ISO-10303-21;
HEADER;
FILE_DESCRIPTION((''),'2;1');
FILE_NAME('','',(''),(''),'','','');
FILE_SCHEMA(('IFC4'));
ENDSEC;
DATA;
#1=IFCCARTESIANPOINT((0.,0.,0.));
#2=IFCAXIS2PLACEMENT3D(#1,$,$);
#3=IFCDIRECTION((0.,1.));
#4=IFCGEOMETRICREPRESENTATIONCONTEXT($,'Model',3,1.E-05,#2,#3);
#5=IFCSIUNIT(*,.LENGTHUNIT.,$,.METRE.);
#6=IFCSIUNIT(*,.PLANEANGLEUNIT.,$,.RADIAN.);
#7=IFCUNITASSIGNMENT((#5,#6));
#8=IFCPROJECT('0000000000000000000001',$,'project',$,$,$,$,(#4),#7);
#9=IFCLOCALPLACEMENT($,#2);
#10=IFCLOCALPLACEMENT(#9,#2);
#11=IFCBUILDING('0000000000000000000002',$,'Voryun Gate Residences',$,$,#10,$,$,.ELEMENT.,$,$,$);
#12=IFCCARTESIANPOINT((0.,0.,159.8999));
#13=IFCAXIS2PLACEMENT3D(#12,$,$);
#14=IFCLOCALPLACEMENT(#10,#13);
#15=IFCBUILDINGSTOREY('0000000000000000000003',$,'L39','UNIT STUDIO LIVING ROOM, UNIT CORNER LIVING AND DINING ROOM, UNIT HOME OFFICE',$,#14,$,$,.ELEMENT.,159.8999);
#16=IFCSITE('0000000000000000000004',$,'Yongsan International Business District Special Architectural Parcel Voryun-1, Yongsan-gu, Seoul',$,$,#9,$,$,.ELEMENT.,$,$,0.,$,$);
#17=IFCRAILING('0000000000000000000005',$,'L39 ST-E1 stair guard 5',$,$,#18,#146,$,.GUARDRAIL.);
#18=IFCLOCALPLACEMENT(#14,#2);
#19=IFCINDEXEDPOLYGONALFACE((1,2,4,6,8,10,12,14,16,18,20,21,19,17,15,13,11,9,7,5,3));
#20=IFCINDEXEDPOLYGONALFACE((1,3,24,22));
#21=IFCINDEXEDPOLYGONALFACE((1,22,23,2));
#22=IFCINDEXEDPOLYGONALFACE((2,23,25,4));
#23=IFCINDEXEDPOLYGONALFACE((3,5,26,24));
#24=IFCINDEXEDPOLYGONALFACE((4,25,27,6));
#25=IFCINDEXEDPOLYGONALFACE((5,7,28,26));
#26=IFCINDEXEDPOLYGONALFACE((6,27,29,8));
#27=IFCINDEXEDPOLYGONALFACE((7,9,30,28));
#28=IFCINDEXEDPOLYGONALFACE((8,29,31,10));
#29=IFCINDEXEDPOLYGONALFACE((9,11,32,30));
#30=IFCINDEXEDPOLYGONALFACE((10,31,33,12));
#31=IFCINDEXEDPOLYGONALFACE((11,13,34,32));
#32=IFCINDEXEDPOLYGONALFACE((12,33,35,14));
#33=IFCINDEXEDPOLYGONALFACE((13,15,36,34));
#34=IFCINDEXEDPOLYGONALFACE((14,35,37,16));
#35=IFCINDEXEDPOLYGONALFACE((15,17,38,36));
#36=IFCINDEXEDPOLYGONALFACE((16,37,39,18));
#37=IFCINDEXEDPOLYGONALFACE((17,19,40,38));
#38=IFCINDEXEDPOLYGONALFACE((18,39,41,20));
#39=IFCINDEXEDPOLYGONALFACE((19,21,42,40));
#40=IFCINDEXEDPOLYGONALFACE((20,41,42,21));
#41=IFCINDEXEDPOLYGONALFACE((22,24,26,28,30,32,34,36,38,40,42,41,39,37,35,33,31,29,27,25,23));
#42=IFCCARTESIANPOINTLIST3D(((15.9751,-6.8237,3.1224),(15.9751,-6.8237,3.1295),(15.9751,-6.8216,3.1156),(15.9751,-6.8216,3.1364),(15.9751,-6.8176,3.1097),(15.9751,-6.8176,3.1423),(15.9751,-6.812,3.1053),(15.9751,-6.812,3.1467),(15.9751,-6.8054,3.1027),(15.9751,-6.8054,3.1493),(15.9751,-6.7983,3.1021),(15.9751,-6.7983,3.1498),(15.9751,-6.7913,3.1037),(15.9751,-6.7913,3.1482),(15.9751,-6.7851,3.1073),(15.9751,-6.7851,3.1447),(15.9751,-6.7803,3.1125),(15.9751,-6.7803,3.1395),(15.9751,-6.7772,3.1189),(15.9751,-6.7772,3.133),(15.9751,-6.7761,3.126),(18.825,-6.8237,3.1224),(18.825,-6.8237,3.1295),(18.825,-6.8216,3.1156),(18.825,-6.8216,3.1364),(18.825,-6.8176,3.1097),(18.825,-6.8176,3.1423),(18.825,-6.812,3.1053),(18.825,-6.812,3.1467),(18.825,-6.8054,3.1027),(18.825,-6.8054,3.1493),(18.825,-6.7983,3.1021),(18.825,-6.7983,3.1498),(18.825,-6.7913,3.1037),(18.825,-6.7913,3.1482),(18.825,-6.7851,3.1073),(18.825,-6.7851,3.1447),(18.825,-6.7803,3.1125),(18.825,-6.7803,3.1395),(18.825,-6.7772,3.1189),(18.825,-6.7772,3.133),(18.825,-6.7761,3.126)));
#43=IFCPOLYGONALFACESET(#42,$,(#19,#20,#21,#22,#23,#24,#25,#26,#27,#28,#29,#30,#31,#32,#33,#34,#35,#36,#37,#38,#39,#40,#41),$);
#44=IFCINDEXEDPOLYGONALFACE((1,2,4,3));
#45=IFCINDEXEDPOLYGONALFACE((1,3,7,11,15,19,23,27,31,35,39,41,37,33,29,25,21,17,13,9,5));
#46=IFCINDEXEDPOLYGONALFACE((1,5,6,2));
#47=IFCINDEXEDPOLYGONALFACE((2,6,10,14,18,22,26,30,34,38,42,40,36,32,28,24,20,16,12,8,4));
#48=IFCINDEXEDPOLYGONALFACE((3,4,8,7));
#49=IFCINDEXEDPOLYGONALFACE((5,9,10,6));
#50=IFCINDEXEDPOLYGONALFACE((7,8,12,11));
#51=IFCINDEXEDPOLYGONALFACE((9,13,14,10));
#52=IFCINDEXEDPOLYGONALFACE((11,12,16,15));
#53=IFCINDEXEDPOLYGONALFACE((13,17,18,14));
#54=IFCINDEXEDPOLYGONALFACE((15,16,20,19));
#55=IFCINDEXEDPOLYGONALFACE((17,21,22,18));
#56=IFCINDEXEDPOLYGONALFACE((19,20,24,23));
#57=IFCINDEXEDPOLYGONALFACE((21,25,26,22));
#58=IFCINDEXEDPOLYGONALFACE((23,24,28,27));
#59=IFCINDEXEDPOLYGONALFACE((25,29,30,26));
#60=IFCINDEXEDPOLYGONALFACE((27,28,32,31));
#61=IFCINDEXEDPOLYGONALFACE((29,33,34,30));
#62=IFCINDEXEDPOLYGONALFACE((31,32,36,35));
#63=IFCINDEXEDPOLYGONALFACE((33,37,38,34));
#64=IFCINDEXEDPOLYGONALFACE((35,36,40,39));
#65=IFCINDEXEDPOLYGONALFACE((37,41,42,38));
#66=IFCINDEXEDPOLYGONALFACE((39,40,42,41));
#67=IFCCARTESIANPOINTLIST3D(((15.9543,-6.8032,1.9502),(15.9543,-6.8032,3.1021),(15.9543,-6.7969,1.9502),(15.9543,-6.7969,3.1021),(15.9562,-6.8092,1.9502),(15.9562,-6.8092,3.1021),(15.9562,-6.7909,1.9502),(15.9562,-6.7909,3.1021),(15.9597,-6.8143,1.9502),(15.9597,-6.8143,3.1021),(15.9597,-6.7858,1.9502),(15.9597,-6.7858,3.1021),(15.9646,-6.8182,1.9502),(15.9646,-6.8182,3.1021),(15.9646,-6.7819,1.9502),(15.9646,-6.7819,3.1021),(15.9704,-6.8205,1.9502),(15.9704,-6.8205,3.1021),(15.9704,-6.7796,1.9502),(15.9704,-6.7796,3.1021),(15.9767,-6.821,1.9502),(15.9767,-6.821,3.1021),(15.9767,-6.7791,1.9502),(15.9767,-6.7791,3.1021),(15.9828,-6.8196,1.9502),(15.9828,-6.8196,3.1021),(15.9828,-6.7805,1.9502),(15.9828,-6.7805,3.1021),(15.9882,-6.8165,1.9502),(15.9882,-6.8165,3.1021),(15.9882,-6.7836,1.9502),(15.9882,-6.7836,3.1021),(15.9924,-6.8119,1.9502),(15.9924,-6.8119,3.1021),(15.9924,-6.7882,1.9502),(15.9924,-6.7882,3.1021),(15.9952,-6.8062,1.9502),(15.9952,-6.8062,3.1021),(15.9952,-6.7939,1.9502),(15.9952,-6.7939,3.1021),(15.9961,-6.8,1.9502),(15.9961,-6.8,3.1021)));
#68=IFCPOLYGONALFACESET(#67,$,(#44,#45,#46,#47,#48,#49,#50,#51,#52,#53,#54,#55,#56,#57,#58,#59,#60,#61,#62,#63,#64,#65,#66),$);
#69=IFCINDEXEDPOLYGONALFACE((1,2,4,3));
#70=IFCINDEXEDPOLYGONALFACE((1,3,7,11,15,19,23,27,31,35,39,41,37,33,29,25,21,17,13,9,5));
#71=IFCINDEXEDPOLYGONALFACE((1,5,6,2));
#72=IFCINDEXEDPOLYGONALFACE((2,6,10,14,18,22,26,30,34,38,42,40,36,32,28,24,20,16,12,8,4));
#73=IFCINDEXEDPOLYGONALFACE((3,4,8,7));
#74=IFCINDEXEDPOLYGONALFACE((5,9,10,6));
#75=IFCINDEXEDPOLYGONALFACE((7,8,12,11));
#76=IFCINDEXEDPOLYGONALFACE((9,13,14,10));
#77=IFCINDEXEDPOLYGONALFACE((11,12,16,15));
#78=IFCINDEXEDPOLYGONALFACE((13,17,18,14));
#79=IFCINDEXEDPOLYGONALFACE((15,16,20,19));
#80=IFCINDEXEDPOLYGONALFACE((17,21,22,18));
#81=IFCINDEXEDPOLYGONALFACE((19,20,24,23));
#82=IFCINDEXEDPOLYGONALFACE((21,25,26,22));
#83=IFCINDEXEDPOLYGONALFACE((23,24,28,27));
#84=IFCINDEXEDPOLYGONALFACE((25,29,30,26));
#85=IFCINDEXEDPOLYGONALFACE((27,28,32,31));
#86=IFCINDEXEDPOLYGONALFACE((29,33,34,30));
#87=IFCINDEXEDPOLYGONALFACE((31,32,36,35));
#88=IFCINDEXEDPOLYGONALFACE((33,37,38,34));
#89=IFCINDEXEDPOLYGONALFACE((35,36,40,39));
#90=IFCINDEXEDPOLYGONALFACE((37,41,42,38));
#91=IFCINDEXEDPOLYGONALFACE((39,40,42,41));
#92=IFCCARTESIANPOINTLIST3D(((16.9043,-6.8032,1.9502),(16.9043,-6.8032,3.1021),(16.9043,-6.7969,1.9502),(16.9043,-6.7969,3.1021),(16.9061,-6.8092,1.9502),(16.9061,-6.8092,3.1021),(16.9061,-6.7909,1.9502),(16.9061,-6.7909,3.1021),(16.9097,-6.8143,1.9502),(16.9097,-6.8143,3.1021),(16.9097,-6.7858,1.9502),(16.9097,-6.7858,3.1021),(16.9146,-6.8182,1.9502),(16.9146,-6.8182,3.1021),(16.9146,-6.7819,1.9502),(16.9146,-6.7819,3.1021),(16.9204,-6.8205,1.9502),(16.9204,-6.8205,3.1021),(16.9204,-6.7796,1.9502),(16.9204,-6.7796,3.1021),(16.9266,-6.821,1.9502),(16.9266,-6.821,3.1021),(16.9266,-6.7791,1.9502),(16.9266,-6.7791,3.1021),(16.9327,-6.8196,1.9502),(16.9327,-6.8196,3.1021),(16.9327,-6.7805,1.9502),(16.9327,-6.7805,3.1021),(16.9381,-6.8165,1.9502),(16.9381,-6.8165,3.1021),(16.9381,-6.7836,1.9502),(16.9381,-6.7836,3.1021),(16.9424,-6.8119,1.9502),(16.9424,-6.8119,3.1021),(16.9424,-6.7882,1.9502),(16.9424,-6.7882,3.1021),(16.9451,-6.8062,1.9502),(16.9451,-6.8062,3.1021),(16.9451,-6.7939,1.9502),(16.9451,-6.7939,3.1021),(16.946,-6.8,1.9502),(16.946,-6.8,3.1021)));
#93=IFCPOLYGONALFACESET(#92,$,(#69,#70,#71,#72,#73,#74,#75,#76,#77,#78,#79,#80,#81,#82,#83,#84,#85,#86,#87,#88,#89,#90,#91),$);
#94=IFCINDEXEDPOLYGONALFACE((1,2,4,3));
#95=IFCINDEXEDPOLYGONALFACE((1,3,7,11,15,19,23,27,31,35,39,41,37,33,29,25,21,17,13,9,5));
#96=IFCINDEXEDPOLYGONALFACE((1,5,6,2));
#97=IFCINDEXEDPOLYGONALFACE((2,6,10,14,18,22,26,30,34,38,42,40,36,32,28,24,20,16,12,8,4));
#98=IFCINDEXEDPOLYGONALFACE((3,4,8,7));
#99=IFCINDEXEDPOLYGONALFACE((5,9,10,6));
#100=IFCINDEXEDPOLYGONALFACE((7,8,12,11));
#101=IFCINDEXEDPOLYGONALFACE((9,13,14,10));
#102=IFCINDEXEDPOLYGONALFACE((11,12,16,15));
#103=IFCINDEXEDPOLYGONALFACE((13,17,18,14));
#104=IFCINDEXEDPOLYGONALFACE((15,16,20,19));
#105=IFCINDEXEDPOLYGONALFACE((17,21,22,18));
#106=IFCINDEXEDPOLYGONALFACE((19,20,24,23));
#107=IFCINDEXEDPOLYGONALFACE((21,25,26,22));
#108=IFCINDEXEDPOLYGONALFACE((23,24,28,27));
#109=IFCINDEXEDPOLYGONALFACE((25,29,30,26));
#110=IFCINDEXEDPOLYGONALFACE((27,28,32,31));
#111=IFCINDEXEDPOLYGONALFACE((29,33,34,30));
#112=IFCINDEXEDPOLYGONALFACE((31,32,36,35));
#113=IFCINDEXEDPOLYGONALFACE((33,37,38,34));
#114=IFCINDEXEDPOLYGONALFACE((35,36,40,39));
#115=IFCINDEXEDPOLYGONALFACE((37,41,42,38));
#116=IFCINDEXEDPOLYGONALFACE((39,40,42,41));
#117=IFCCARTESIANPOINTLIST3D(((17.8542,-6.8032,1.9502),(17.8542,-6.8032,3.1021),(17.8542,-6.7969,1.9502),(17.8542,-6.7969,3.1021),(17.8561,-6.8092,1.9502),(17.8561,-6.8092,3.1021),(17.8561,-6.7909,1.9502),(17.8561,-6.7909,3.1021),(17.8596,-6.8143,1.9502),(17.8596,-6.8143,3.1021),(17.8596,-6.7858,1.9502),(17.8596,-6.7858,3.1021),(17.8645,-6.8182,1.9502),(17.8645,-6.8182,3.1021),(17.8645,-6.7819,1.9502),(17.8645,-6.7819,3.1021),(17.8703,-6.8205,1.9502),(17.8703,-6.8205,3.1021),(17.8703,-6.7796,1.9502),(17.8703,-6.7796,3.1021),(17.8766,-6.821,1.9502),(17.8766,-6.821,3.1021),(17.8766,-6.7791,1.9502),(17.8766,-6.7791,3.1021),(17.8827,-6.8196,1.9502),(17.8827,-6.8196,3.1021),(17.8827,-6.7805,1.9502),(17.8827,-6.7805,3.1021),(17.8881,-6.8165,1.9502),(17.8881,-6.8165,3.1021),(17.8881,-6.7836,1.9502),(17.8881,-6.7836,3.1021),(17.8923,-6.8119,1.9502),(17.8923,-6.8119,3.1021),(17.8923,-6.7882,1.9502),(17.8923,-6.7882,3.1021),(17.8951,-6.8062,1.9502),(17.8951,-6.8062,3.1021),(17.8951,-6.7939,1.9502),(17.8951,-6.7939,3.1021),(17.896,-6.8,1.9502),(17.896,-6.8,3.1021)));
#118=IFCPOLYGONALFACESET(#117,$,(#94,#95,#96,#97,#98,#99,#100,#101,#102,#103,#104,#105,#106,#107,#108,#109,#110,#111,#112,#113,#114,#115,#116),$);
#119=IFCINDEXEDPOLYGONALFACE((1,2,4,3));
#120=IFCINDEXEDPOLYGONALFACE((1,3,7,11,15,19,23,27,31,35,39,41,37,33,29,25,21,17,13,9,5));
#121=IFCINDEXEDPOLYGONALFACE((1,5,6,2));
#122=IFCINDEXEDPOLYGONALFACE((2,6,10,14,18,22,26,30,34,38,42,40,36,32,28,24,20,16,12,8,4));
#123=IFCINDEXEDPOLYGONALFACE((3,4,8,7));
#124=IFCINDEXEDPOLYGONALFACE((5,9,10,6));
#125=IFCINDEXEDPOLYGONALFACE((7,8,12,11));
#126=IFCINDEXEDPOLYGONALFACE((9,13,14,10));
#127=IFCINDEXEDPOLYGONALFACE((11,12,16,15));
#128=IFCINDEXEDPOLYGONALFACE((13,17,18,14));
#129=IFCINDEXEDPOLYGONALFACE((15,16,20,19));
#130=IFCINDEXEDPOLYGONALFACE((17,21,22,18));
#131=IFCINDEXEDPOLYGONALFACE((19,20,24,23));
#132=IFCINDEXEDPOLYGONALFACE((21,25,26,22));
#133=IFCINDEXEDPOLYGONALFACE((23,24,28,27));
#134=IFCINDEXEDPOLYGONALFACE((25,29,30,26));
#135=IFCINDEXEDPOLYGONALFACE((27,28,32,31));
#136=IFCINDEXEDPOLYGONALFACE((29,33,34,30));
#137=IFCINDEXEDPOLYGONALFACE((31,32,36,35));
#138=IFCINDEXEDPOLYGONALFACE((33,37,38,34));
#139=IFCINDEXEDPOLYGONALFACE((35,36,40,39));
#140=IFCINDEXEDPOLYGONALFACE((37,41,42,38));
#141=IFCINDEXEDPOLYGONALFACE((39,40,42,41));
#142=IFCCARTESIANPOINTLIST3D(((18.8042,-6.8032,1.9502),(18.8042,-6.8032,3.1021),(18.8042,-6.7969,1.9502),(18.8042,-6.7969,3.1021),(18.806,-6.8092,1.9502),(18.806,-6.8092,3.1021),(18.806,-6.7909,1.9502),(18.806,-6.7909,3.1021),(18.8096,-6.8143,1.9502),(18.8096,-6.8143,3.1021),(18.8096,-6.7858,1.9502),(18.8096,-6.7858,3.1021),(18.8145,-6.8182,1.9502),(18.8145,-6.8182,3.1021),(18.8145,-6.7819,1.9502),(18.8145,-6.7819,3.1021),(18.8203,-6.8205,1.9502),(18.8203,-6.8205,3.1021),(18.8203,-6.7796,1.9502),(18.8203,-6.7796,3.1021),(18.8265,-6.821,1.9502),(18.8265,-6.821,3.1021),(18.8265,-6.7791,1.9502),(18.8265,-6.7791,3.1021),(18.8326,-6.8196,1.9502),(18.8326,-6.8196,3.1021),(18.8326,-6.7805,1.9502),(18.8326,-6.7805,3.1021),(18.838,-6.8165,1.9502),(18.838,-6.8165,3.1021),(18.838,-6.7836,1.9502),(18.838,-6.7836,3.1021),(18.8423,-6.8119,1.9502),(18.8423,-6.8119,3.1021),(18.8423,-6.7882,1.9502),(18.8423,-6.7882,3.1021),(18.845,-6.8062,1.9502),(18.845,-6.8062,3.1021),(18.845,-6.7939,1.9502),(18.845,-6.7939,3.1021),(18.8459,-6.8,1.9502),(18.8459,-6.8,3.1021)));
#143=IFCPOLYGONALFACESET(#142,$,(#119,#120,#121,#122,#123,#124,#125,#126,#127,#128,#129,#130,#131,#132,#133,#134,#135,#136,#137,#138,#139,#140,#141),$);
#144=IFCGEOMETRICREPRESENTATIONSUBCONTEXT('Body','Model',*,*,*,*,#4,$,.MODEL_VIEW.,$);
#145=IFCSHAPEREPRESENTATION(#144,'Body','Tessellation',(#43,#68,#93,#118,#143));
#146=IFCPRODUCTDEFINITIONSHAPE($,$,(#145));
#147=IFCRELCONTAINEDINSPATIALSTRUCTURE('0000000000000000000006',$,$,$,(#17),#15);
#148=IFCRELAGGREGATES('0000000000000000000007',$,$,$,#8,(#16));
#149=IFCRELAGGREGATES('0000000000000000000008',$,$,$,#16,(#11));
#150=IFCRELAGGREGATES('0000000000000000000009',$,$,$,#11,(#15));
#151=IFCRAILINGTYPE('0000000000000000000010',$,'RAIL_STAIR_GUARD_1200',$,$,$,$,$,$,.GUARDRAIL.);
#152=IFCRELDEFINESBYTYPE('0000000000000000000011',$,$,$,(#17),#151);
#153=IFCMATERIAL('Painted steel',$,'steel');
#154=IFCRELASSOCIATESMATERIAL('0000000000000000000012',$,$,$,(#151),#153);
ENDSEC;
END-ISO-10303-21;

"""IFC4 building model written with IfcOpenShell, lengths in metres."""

from ifc_helpers import new_model, si_unit, direction, frame, origin, origin_2d, place, context, subcontext, project, spatial, circle, extrude, material, type_object, element, save


model = new_model("IFC4")

# Units and contexts
model_context = context("Model", 3, precision=1e-05, world=origin(), true_north=direction((0.0, 1.0)))
body_context = subcontext(model_context, "Body", "Model", "MODEL_VIEW")
ifc_project = project(units=[si_unit("LENGTHUNIT", "METRE"), si_unit("PLANEANGLEUNIT", "RADIAN")], contexts=[model_context])

# Site, building, storey
site_placement = place(None, origin())
site = spatial("IfcSite", under=ifc_project, at=site_placement, Name="Yongsan International Business District Special Architectural Parcel Voryun-1, Yongsan-gu, Seoul", CompositionType="ELEMENT", RefElevation=0.0)
building_placement = place(site_placement, origin())
building = spatial("IfcBuilding", under=site, at=building_placement, Name="Voryun Gate Residences", CompositionType="ELEMENT")
storey_placement = place(building_placement, frame((0.0, 0.0, 159.8999)))
storey = spatial("IfcBuildingStorey", under=building, at=storey_placement, Name="L39", Description="UNIT STUDIO LIVING ROOM, UNIT CORNER LIVING AND DINING ROOM, UNIT HOME OFFICE", CompositionType="ELEMENT", Elevation=159.8999)

# Railing
ifc_material_1 = material(Name="Painted steel", Category="steel")
railing_type_1 = type_object("IfcRailingType", Name="RAIL_STAIR_GUARD_1200", PredefinedType="GUARDRAIL", material=ifc_material_1)
railing_1_placement = place(storey_placement, frame((15.9751, -6.8, 1.9502)))
element("IfcRailing", 1, at=railing_1_placement, inside=storey, type_object=railing_type_1, Name="L39 ST-E1 stair guard 5", PredefinedType="GUARDRAIL", context=body_context, shape_type="SweptSolid", body=[
    extrude(circle(Radius=0.0239, at=origin_2d()), frame((0.0, 0.0, 1.1758), z_axis=(1.0, 0.0, 0.0), x_axis=(0.0, 1.0, 0.0)), (0.0, 0.0, 1.0), 2.8499),
    extrude(circle(Radius=0.021, at=origin_2d()), origin(), (0.0, 0.0, 1.0), 1.1519),
    extrude(circle(Radius=0.021, at=origin_2d()), frame((0.95, 0.0, 0.0)), (0.0, 0.0, 1.0), 1.1519),
    extrude(circle(Radius=0.021, at=origin_2d()), frame((1.8999, 0.0, 0.0)), (0.0, 0.0, 1.0), 1.1519),
    extrude(circle(Radius=0.021, at=origin_2d()), frame((2.8499, 0.0, 0.0)), (0.0, 0.0, 1.0), 1.1519),
])

save(model, "model.ifc")
